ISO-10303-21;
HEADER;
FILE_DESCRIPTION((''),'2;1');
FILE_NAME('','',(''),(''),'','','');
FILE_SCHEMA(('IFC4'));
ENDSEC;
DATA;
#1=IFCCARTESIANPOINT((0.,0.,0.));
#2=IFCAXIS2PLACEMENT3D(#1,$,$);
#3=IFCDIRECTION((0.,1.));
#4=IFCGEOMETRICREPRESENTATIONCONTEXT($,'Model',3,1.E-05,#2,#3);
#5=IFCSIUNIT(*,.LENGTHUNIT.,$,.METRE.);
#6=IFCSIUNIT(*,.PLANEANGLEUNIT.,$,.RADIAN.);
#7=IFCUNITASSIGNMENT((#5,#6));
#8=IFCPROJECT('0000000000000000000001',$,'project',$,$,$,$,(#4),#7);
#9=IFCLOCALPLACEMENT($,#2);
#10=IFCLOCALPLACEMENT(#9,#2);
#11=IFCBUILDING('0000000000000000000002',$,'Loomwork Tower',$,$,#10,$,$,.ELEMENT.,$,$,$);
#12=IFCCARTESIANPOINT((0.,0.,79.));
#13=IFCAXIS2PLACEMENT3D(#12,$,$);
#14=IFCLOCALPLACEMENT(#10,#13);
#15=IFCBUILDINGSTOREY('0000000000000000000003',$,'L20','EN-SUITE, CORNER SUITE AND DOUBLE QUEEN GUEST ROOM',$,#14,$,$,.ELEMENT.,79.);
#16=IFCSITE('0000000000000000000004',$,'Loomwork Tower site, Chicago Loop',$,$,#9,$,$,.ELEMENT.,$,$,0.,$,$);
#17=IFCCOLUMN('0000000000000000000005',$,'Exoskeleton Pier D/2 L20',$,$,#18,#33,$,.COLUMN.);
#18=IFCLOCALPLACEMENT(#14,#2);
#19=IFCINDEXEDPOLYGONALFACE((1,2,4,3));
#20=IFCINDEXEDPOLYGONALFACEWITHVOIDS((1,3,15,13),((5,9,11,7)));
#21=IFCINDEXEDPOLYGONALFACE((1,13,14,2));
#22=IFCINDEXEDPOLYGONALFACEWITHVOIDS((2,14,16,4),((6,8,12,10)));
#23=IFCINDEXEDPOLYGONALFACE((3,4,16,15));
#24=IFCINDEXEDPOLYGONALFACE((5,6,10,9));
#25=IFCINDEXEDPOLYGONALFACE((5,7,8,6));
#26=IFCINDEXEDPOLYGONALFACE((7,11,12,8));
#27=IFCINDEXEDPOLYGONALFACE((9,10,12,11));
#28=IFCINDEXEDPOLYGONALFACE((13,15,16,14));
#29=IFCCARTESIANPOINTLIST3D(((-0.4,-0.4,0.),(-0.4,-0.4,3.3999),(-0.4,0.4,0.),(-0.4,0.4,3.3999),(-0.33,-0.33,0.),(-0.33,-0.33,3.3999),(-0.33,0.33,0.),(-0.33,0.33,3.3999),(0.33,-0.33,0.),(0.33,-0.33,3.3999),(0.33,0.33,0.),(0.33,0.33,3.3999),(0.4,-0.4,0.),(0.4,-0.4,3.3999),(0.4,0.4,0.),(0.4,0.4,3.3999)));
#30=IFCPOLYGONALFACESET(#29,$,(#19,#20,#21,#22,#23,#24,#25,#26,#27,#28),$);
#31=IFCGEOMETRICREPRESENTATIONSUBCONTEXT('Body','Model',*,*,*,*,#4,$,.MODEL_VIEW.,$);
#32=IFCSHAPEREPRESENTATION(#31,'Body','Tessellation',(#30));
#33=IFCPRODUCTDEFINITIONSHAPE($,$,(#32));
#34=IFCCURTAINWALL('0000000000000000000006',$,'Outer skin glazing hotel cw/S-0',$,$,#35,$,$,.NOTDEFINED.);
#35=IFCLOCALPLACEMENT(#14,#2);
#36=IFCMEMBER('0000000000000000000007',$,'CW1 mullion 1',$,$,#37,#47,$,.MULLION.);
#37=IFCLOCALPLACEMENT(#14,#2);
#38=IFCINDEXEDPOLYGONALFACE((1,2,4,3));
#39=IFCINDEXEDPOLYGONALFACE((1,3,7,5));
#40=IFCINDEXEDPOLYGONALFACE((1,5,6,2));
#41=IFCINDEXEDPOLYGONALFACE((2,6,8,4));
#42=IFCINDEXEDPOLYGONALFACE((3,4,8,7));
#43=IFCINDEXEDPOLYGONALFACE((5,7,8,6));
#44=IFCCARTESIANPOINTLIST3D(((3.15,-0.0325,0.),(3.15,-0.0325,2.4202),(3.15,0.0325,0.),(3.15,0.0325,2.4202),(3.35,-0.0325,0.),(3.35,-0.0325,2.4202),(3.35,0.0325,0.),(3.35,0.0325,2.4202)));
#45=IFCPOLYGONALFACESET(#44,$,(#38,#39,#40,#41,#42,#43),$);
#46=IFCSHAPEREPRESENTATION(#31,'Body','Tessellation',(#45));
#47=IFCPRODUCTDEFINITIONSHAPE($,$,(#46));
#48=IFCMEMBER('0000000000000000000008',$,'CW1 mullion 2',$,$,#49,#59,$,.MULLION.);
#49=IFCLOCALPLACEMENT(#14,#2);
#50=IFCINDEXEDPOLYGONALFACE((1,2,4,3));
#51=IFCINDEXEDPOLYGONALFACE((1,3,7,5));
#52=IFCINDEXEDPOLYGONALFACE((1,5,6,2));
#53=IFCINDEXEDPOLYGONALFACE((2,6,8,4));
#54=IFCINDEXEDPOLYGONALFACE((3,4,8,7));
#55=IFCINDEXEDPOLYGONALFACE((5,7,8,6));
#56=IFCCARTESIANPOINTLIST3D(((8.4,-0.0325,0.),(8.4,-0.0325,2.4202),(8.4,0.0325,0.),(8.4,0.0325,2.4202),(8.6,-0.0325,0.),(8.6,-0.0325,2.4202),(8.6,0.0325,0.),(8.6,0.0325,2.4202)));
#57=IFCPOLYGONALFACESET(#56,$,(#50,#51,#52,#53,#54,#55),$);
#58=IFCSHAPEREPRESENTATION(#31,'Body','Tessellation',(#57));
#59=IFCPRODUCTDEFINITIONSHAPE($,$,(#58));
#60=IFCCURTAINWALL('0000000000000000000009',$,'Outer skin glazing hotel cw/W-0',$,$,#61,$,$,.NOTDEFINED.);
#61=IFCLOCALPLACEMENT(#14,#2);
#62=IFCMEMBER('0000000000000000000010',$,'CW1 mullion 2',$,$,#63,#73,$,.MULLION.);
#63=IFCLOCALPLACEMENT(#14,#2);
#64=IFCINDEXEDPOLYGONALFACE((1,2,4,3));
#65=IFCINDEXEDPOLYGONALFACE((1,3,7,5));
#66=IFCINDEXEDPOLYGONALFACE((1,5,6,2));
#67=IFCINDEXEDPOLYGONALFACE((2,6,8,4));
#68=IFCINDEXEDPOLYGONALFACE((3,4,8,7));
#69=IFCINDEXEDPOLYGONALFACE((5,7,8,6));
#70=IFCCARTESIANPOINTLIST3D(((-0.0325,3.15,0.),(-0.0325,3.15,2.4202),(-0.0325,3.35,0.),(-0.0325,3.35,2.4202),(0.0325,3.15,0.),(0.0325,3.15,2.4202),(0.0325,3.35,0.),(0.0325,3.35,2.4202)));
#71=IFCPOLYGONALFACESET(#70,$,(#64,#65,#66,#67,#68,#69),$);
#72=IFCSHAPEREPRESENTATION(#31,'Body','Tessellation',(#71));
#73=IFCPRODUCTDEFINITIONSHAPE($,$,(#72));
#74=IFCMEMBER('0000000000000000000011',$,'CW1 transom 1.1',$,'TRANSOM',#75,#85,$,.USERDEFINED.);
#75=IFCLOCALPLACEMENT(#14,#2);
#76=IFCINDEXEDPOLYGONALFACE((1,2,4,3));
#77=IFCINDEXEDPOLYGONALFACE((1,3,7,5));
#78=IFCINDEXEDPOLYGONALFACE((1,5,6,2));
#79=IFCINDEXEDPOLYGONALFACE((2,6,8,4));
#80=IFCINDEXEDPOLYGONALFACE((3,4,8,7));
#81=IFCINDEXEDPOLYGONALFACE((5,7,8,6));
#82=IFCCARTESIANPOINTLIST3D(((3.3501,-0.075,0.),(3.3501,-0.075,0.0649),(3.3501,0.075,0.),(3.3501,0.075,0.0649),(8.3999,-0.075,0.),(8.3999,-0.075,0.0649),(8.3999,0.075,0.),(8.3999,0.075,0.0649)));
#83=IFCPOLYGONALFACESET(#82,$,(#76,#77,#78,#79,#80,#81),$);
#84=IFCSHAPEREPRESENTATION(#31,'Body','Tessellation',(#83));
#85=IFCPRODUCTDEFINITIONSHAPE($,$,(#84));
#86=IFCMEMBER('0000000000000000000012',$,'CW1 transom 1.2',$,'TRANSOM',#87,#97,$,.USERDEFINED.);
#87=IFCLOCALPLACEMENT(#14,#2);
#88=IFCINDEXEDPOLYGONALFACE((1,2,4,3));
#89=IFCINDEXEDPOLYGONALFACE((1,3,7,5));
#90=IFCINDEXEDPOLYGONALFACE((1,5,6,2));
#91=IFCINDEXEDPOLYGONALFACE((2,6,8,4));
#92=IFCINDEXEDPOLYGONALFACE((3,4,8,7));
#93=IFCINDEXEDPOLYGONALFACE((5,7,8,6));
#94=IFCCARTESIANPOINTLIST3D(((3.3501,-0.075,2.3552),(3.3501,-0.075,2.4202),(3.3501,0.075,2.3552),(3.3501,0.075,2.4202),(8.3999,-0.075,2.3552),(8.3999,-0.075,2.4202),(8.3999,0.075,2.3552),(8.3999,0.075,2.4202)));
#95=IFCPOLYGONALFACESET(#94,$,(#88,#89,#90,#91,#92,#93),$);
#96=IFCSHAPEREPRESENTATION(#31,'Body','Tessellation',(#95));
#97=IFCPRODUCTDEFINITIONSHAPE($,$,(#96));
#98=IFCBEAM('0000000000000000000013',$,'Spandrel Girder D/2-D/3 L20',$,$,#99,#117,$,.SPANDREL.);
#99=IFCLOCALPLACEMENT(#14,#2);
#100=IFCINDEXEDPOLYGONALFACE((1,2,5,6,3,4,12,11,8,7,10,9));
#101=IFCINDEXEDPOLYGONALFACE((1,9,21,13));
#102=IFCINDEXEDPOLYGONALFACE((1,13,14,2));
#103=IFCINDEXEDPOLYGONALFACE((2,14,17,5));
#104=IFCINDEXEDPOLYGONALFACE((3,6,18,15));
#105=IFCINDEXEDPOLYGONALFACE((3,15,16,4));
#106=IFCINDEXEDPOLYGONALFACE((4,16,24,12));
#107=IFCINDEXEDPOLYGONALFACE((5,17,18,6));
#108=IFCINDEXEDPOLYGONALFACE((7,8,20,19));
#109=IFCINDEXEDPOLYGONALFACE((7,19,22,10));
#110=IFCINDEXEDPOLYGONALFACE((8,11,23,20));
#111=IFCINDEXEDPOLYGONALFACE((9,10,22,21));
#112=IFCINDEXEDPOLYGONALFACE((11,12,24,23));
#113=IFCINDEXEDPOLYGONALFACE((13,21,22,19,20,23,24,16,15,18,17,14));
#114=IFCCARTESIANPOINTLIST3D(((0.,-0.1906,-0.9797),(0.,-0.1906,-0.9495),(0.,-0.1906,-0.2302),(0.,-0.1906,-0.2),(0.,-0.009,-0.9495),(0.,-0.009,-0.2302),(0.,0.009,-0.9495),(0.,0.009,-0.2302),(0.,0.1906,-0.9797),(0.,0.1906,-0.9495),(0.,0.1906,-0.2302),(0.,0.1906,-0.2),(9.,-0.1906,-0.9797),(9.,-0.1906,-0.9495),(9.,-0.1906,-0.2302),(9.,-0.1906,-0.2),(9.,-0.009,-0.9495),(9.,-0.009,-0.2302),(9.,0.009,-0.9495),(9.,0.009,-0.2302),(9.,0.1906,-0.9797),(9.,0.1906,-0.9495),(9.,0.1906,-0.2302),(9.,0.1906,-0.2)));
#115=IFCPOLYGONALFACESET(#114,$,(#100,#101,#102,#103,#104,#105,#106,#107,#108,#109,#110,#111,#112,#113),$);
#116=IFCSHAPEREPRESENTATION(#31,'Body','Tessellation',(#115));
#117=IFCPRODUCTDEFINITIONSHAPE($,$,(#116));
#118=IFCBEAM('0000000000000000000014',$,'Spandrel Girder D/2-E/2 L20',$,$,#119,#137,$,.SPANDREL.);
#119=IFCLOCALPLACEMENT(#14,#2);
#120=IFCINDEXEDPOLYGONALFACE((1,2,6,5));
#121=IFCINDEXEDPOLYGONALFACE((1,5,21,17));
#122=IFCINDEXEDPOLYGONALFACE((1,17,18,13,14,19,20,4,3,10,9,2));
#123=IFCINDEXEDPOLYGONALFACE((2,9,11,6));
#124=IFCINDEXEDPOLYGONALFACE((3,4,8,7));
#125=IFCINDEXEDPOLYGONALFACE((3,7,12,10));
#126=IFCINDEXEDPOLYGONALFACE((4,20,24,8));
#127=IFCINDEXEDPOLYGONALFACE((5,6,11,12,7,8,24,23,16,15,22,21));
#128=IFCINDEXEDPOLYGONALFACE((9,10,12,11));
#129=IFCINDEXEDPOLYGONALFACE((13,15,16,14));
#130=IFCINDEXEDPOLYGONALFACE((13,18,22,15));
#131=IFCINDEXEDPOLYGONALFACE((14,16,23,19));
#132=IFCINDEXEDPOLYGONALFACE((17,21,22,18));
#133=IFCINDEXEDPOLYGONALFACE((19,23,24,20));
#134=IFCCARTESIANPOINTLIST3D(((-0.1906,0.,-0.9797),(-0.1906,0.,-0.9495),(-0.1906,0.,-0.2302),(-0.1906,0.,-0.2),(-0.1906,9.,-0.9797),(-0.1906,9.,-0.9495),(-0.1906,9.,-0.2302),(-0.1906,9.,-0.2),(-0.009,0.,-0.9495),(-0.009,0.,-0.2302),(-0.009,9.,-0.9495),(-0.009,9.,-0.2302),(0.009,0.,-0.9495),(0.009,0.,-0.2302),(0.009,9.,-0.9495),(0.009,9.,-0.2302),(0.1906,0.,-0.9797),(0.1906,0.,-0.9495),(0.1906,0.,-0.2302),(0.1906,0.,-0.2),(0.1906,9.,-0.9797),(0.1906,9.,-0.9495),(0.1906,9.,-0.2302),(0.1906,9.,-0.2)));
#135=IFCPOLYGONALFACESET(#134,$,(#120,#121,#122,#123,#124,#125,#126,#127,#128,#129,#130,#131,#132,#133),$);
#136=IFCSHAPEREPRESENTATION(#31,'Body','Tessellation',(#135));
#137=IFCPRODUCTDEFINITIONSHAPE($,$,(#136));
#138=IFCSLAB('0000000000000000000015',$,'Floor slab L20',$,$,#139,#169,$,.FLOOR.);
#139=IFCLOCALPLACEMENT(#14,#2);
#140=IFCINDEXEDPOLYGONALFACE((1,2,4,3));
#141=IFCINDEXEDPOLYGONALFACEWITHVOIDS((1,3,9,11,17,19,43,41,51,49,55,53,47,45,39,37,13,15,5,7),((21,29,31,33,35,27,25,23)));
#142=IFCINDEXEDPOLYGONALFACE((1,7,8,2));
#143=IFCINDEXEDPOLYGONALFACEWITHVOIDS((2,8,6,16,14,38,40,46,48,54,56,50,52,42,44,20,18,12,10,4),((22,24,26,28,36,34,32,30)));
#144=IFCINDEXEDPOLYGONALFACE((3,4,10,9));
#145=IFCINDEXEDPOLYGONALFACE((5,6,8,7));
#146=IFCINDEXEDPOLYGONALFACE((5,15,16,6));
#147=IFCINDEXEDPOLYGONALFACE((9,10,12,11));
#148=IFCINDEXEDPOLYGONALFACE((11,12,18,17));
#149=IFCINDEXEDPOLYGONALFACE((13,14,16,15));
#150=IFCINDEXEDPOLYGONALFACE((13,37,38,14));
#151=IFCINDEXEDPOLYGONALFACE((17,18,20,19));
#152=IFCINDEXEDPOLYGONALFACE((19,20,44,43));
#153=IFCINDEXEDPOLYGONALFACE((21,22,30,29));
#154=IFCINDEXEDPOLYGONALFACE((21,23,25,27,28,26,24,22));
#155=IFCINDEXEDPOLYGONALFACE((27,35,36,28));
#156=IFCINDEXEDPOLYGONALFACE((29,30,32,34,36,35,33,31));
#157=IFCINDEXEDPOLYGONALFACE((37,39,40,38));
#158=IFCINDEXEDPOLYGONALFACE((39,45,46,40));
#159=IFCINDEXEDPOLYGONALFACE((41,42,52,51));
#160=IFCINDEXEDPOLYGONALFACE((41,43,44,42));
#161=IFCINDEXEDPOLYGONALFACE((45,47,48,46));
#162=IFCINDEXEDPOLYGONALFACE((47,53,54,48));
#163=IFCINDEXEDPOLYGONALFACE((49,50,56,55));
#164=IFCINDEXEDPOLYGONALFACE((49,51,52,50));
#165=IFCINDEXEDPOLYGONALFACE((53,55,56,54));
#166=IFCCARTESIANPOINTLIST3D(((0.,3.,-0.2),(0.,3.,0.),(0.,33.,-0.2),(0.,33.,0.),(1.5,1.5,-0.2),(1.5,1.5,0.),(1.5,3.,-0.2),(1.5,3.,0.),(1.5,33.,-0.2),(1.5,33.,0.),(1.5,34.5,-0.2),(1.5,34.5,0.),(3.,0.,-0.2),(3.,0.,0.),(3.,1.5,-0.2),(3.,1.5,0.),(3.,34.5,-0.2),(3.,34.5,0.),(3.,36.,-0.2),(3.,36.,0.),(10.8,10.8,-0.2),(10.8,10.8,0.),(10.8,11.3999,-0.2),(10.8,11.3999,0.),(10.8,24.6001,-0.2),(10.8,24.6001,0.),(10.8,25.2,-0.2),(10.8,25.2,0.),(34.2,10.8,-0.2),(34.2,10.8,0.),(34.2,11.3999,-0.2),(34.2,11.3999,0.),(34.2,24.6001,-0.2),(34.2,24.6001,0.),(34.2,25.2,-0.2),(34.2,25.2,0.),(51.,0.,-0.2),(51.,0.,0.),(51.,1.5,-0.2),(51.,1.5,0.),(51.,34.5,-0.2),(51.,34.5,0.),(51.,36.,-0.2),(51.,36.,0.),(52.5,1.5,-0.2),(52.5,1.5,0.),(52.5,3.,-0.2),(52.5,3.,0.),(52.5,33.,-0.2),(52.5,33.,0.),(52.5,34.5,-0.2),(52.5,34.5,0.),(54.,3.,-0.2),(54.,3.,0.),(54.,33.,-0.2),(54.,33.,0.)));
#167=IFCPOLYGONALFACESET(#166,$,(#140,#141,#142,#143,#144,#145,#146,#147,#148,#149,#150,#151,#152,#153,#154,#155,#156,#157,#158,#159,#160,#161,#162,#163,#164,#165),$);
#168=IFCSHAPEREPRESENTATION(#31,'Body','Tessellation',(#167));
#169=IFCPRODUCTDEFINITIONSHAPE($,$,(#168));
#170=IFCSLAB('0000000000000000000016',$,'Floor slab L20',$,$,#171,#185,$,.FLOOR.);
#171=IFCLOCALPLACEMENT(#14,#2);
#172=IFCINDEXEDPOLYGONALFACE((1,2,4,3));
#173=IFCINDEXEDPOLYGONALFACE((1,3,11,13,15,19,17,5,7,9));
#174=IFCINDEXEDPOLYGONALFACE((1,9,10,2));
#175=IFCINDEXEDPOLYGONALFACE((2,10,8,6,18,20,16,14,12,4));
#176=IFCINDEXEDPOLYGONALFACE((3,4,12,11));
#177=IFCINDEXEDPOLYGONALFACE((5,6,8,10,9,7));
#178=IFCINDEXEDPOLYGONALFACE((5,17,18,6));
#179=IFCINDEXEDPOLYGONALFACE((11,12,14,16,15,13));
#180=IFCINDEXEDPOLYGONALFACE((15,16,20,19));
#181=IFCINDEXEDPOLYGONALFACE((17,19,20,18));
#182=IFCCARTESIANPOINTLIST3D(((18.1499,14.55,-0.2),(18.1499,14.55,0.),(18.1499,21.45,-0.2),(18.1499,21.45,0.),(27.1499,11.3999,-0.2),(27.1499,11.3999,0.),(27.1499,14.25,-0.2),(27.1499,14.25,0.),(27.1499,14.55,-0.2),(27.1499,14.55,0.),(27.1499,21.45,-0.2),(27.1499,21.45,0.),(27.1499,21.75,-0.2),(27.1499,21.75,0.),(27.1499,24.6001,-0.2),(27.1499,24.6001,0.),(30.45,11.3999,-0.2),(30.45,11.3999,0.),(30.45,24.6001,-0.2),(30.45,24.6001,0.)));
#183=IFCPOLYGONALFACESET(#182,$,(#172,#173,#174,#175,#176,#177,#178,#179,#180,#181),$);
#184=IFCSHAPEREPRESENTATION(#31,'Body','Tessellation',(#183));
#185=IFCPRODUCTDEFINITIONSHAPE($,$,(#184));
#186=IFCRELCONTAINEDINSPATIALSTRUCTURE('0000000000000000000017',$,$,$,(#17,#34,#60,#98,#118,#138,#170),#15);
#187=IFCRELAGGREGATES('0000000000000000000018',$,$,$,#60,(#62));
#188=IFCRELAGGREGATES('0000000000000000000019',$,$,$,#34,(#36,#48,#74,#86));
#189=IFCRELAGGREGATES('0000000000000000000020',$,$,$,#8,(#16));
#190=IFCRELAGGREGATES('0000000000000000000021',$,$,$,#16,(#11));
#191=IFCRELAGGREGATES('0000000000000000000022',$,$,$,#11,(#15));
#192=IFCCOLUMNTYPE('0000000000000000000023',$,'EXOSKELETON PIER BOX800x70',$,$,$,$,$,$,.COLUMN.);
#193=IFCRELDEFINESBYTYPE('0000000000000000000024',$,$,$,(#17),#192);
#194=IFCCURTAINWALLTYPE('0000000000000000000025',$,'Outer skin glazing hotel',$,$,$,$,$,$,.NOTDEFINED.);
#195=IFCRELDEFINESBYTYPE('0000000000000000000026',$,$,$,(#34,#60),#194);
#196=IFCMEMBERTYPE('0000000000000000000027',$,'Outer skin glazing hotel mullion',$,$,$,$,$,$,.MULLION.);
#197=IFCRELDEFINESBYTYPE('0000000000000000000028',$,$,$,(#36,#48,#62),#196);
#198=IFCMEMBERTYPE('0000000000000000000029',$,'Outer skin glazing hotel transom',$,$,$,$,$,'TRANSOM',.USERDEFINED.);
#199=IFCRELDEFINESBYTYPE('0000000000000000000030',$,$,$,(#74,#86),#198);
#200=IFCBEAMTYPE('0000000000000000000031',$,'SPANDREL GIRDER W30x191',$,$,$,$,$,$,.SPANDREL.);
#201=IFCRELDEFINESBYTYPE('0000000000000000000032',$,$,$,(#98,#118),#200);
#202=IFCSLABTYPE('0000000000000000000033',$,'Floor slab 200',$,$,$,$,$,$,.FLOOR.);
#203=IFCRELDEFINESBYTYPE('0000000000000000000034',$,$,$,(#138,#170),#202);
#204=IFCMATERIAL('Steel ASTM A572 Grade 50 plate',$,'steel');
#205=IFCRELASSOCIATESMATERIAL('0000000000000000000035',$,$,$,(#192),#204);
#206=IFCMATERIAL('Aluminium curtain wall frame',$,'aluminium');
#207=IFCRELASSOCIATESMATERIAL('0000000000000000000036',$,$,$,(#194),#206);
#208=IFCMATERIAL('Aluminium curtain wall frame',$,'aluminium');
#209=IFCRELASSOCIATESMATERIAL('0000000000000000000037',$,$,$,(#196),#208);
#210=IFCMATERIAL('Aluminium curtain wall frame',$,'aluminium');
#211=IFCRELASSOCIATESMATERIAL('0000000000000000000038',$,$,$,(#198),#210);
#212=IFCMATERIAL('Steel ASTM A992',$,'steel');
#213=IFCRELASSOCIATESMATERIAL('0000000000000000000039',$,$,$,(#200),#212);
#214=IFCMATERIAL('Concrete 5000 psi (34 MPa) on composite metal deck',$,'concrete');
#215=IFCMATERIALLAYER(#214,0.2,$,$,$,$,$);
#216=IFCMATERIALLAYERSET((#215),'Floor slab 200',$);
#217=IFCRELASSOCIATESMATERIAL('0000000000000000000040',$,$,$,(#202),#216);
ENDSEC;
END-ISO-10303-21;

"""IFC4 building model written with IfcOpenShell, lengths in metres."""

from ifc_helpers import new_model, si_unit, direction, frame, origin, origin_with_axes, origin_2d, place, context, subcontext, project, spatial, polyline, rectangle, hollow_rectangle, i_section, outline, extrude, material, layer, layer_set, material_profile, profile_set, type_object, element, aggregate, save


model = new_model("IFC4")

# Units and contexts
model_context = context("Model", 3, precision=1e-05, world=origin(), true_north=direction((0.0, 1.0)))
body_context = subcontext(model_context, "Body", "Model", "MODEL_VIEW")
ifc_project = project(units=[si_unit("LENGTHUNIT", "METRE"), si_unit("PLANEANGLEUNIT", "RADIAN")], contexts=[model_context])

# Site, building, storey
site_placement = place(None, origin())
site = spatial("IfcSite", under=ifc_project, at=site_placement, Name="Loomwork Tower site, Chicago Loop", CompositionType="ELEMENT", RefElevation=0.0)
building_placement = place(site_placement, origin())
building = spatial("IfcBuilding", under=site, at=building_placement, Name="Loomwork Tower", CompositionType="ELEMENT")
storey_placement = place(building_placement, frame((0.0, 0.0, 79.0)))
storey = spatial("IfcBuildingStorey", under=building, at=storey_placement, Name="L20", Description="EN-SUITE, CORNER SUITE AND DOUBLE QUEEN GUEST ROOM", CompositionType="ELEMENT", Elevation=79.0)

# Column
ifc_material_1 = material(Name="Steel ASTM A572 Grade 50 plate", Category="steel")
ifc_material_profile_1 = material_profile(ifc_material_1, hollow_rectangle(XDim=0.8, YDim=0.8, WallThickness=0.0701, at=origin_2d()), Name="BOX800x70")
ifc_profile_set_1 = profile_set([ifc_material_profile_1], Name="Steel ASTM A572 Grade 50 plate")
column_type = type_object("IfcColumnType", Name="EXOSKELETON PIER BOX800x70", PredefinedType="COLUMN", material=ifc_profile_set_1)
column_placement = place(storey_placement, origin_with_axes())
element("IfcColumn", 1, at=column_placement, inside=storey, type_object=column_type, Name="Exoskeleton Pier D/2 L20", PredefinedType="COLUMN", context=body_context, shape_type="SweptSolid", body=[
    extrude(hollow_rectangle(XDim=0.8, YDim=0.8, WallThickness=0.0701, at=origin_2d()), origin(), (0.0, 0.0, 1.0), 3.3999),
])

# Curtain wall, members
ifc_material_2 = material(Name="Aluminium curtain wall frame", Category="aluminium")
curtain_wall_type = type_object("IfcCurtainWallType", Name="Outer skin glazing hotel", PredefinedType="NOTDEFINED", material=ifc_material_2)
curtain_wall_1_placement = place(storey_placement, origin())
curtain_wall_1 = element("IfcCurtainWall", 2, at=curtain_wall_1_placement, inside=storey, type_object=curtain_wall_type, Name="Outer skin glazing hotel cw/S-0", PredefinedType="NOTDEFINED")
ifc_material_3 = material(Name="Aluminium curtain wall frame", Category="aluminium")
ifc_material_profile_2 = material_profile(ifc_material_3, rectangle(XDim=0.0649, YDim=0.2, at=origin_2d()), Name="AL 65x200")
ifc_profile_set_2 = profile_set([ifc_material_profile_2], Name="Aluminium curtain wall frame")
member_type_1 = type_object("IfcMemberType", Name="Outer skin glazing hotel mullion", PredefinedType="MULLION", material=ifc_profile_set_2)
member_1_placement = place(storey_placement, frame((3.25, 0.0, 0.0), z_axis=(0.0, 0.0, 1.0), x_axis=(0.0, 1.0, 0.0)))
member_1 = element("IfcMember", 3, at=member_1_placement, type_object=member_type_1, Name="CW1 mullion 1", PredefinedType="MULLION", context=body_context, shape_type="SweptSolid", body=[
    extrude(rectangle(XDim=0.0649, YDim=0.2, at=origin_2d()), origin(), (0.0, 0.0, 1.0), 2.4202),
])
member_2_placement = place(storey_placement, frame((8.5, 0.0, 0.0), z_axis=(0.0, 0.0, 1.0), x_axis=(0.0, 1.0, 0.0)))
member_2 = element("IfcMember", 4, at=member_2_placement, type_object=member_type_1, Name="CW1 mullion 2", PredefinedType="MULLION", context=body_context, shape_type="SweptSolid", body=[
    extrude(rectangle(XDim=0.0649, YDim=0.2, at=origin_2d()), origin(), (0.0, 0.0, 1.0), 2.4202),
])

# Curtain wall, member
curtain_wall_2_placement = place(storey_placement, origin())
curtain_wall_2 = element("IfcCurtainWall", 5, at=curtain_wall_2_placement, inside=storey, type_object=curtain_wall_type, Name="Outer skin glazing hotel cw/W-0", PredefinedType="NOTDEFINED")
member_3_placement = place(storey_placement, frame((0.0, 3.25, 0.0), z_axis=(0.0, 0.0, 1.0), x_axis=(1.0, 0.0, 0.0)))
member_3 = element("IfcMember", 6, at=member_3_placement, type_object=member_type_1, Name="CW1 mullion 2", PredefinedType="MULLION", context=body_context, shape_type="SweptSolid", body=[
    extrude(rectangle(XDim=0.0649, YDim=0.2, at=origin_2d()), origin(), (0.0, 0.0, 1.0), 2.4202),
])
aggregate(curtain_wall_2, [member_3])

# Members
ifc_material_4 = material(Name="Aluminium curtain wall frame", Category="aluminium")
ifc_material_profile_3 = material_profile(ifc_material_4, rectangle(XDim=0.1499, YDim=0.0649, at=origin_2d()), Name="AL 65x150")
ifc_profile_set_3 = profile_set([ifc_material_profile_3], Name="Aluminium curtain wall frame")
member_type_2 = type_object("IfcMemberType", Name="Outer skin glazing hotel transom", ElementType="TRANSOM", PredefinedType="USERDEFINED", material=ifc_profile_set_3)
member_4_placement = place(storey_placement, frame((3.3501, 0.0, 0.0325), z_axis=(1.0, 0.0, 0.0), x_axis=(0.0, 1.0, 0.0)))
member_4 = element("IfcMember", 7, at=member_4_placement, type_object=member_type_2, Name="CW1 transom 1.1", ObjectType="TRANSOM", PredefinedType="USERDEFINED", context=body_context, shape_type="SweptSolid", body=[
    extrude(rectangle(XDim=0.1499, YDim=0.0649, at=origin_2d()), origin(), (0.0, 0.0, 1.0), 5.0498),
])
member_5_placement = place(storey_placement, frame((3.3501, 0.0, 2.3877), z_axis=(1.0, 0.0, 0.0), x_axis=(0.0, 1.0, 0.0)))
member_5 = element("IfcMember", 8, at=member_5_placement, type_object=member_type_2, Name="CW1 transom 1.2", ObjectType="TRANSOM", PredefinedType="USERDEFINED", context=body_context, shape_type="SweptSolid", body=[
    extrude(rectangle(XDim=0.1499, YDim=0.0649, at=origin_2d()), origin(), (0.0, 0.0, 1.0), 5.0498),
])

# Beams
ifc_material_5 = material(Name="Steel ASTM A992", Category="steel")
ifc_material_profile_4 = material_profile(ifc_material_5, i_section(OverallWidth=0.3811, OverallDepth=0.7798, WebThickness=0.0181, FlangeThickness=0.0303, at=origin_2d()), Name="W30x191")
ifc_profile_set_4 = profile_set([ifc_material_profile_4], Name="Steel ASTM A992")
beam_type = type_object("IfcBeamType", Name="SPANDREL GIRDER W30x191", PredefinedType="SPANDREL", material=ifc_profile_set_4)
for number, where, z_axis, x_axis, name in (
    (9, (0.0, 0.0, -0.5898), (1.0, 0.0, 0.0), (0.0, 1.0, 0.0), "Spandrel Girder D/2-D/3 L20"),
    (10, (0.0, 0.0, -0.5898), (0.0, 1.0, 0.0), (-1.0, 0.0, 0.0), "Spandrel Girder D/2-E/2 L20"),
):
    element("IfcBeam", number, at=place(storey_placement, frame(where, z_axis=z_axis, x_axis=x_axis)), inside=storey, type_object=beam_type, Name=name, PredefinedType="SPANDREL", context=body_context, shape_type="SweptSolid", body=[
        extrude(i_section(OverallWidth=0.3811, OverallDepth=0.7798, WebThickness=0.0181, FlangeThickness=0.0303, at=origin_2d()), origin(), (0.0, 0.0, 1.0), 9.0),
    ])

# Slabs
ifc_material_6 = material(Name="Concrete 5000 psi (34 MPa) on composite metal deck", Category="concrete")
ifc_layer_1 = layer(ifc_material_6, 0.2)
ifc_layer_set_1 = layer_set([ifc_layer_1], Name="Floor slab 200")
slab_type_1 = type_object("IfcSlabType", Name="Floor slab 200", PredefinedType="FLOOR", material=ifc_layer_set_1)
slab_1_placement = place(storey_placement, frame((0.0, 0.0, -0.2)))
element("IfcSlab", 11, at=slab_1_placement, inside=storey, type_object=slab_type_1, Name="Floor slab L20", PredefinedType="FLOOR", context=body_context, shape_type="SweptSolid", body=[
    extrude(outline(polyline([(3.0, 1.5), (1.5, 1.5), (1.5, 3.0), (0.0, 3.0), (0.0, 33.0), (1.5, 33.0), (1.5, 34.5), (3.0, 34.5), (3.0, 36.0), (51.0, 36.0), (51.0, 34.5), (52.5, 34.5), (52.5, 33.0), (54.0, 33.0), (54.0, 3.0), (52.5, 3.0), (52.5, 1.5), (51.0, 1.5), (51.0, 0.0), (3.0, 0.0), (3.0, 1.5)]), holes=[polyline([(10.8, 11.3999), (10.8, 11.3999), (10.8, 10.8), (34.2, 10.8), (34.2, 11.3999), (34.2, 11.3999), (34.2, 24.6001), (34.2, 25.2), (10.8, 25.2), (10.8, 24.6001), (10.8, 11.3999)])]), origin(), (0.0, 0.0, 1.0), 0.2),
])
slab_2_placement = place(storey_placement, frame((0.0, 0.0, -0.2)))
element("IfcSlab", 12, at=slab_2_placement, inside=storey, type_object=slab_type_1, Name="Floor slab L20", PredefinedType="FLOOR", context=body_context, shape_type="SweptSolid", body=[
    extrude(outline(polyline([(30.45, 24.6001), (30.45, 11.3999), (27.1499, 11.3999), (27.1499, 14.25), (27.1499, 14.55), (18.1499, 14.55), (18.1499, 21.45), (27.1499, 21.45), (27.1499, 21.75), (27.1499, 24.6001), (30.45, 24.6001)])), origin(), (0.0, 0.0, 1.0), 0.2),
])

aggregate(curtain_wall_1, [member_1, member_2, member_4, member_5])

save(model, "model.ifc")
